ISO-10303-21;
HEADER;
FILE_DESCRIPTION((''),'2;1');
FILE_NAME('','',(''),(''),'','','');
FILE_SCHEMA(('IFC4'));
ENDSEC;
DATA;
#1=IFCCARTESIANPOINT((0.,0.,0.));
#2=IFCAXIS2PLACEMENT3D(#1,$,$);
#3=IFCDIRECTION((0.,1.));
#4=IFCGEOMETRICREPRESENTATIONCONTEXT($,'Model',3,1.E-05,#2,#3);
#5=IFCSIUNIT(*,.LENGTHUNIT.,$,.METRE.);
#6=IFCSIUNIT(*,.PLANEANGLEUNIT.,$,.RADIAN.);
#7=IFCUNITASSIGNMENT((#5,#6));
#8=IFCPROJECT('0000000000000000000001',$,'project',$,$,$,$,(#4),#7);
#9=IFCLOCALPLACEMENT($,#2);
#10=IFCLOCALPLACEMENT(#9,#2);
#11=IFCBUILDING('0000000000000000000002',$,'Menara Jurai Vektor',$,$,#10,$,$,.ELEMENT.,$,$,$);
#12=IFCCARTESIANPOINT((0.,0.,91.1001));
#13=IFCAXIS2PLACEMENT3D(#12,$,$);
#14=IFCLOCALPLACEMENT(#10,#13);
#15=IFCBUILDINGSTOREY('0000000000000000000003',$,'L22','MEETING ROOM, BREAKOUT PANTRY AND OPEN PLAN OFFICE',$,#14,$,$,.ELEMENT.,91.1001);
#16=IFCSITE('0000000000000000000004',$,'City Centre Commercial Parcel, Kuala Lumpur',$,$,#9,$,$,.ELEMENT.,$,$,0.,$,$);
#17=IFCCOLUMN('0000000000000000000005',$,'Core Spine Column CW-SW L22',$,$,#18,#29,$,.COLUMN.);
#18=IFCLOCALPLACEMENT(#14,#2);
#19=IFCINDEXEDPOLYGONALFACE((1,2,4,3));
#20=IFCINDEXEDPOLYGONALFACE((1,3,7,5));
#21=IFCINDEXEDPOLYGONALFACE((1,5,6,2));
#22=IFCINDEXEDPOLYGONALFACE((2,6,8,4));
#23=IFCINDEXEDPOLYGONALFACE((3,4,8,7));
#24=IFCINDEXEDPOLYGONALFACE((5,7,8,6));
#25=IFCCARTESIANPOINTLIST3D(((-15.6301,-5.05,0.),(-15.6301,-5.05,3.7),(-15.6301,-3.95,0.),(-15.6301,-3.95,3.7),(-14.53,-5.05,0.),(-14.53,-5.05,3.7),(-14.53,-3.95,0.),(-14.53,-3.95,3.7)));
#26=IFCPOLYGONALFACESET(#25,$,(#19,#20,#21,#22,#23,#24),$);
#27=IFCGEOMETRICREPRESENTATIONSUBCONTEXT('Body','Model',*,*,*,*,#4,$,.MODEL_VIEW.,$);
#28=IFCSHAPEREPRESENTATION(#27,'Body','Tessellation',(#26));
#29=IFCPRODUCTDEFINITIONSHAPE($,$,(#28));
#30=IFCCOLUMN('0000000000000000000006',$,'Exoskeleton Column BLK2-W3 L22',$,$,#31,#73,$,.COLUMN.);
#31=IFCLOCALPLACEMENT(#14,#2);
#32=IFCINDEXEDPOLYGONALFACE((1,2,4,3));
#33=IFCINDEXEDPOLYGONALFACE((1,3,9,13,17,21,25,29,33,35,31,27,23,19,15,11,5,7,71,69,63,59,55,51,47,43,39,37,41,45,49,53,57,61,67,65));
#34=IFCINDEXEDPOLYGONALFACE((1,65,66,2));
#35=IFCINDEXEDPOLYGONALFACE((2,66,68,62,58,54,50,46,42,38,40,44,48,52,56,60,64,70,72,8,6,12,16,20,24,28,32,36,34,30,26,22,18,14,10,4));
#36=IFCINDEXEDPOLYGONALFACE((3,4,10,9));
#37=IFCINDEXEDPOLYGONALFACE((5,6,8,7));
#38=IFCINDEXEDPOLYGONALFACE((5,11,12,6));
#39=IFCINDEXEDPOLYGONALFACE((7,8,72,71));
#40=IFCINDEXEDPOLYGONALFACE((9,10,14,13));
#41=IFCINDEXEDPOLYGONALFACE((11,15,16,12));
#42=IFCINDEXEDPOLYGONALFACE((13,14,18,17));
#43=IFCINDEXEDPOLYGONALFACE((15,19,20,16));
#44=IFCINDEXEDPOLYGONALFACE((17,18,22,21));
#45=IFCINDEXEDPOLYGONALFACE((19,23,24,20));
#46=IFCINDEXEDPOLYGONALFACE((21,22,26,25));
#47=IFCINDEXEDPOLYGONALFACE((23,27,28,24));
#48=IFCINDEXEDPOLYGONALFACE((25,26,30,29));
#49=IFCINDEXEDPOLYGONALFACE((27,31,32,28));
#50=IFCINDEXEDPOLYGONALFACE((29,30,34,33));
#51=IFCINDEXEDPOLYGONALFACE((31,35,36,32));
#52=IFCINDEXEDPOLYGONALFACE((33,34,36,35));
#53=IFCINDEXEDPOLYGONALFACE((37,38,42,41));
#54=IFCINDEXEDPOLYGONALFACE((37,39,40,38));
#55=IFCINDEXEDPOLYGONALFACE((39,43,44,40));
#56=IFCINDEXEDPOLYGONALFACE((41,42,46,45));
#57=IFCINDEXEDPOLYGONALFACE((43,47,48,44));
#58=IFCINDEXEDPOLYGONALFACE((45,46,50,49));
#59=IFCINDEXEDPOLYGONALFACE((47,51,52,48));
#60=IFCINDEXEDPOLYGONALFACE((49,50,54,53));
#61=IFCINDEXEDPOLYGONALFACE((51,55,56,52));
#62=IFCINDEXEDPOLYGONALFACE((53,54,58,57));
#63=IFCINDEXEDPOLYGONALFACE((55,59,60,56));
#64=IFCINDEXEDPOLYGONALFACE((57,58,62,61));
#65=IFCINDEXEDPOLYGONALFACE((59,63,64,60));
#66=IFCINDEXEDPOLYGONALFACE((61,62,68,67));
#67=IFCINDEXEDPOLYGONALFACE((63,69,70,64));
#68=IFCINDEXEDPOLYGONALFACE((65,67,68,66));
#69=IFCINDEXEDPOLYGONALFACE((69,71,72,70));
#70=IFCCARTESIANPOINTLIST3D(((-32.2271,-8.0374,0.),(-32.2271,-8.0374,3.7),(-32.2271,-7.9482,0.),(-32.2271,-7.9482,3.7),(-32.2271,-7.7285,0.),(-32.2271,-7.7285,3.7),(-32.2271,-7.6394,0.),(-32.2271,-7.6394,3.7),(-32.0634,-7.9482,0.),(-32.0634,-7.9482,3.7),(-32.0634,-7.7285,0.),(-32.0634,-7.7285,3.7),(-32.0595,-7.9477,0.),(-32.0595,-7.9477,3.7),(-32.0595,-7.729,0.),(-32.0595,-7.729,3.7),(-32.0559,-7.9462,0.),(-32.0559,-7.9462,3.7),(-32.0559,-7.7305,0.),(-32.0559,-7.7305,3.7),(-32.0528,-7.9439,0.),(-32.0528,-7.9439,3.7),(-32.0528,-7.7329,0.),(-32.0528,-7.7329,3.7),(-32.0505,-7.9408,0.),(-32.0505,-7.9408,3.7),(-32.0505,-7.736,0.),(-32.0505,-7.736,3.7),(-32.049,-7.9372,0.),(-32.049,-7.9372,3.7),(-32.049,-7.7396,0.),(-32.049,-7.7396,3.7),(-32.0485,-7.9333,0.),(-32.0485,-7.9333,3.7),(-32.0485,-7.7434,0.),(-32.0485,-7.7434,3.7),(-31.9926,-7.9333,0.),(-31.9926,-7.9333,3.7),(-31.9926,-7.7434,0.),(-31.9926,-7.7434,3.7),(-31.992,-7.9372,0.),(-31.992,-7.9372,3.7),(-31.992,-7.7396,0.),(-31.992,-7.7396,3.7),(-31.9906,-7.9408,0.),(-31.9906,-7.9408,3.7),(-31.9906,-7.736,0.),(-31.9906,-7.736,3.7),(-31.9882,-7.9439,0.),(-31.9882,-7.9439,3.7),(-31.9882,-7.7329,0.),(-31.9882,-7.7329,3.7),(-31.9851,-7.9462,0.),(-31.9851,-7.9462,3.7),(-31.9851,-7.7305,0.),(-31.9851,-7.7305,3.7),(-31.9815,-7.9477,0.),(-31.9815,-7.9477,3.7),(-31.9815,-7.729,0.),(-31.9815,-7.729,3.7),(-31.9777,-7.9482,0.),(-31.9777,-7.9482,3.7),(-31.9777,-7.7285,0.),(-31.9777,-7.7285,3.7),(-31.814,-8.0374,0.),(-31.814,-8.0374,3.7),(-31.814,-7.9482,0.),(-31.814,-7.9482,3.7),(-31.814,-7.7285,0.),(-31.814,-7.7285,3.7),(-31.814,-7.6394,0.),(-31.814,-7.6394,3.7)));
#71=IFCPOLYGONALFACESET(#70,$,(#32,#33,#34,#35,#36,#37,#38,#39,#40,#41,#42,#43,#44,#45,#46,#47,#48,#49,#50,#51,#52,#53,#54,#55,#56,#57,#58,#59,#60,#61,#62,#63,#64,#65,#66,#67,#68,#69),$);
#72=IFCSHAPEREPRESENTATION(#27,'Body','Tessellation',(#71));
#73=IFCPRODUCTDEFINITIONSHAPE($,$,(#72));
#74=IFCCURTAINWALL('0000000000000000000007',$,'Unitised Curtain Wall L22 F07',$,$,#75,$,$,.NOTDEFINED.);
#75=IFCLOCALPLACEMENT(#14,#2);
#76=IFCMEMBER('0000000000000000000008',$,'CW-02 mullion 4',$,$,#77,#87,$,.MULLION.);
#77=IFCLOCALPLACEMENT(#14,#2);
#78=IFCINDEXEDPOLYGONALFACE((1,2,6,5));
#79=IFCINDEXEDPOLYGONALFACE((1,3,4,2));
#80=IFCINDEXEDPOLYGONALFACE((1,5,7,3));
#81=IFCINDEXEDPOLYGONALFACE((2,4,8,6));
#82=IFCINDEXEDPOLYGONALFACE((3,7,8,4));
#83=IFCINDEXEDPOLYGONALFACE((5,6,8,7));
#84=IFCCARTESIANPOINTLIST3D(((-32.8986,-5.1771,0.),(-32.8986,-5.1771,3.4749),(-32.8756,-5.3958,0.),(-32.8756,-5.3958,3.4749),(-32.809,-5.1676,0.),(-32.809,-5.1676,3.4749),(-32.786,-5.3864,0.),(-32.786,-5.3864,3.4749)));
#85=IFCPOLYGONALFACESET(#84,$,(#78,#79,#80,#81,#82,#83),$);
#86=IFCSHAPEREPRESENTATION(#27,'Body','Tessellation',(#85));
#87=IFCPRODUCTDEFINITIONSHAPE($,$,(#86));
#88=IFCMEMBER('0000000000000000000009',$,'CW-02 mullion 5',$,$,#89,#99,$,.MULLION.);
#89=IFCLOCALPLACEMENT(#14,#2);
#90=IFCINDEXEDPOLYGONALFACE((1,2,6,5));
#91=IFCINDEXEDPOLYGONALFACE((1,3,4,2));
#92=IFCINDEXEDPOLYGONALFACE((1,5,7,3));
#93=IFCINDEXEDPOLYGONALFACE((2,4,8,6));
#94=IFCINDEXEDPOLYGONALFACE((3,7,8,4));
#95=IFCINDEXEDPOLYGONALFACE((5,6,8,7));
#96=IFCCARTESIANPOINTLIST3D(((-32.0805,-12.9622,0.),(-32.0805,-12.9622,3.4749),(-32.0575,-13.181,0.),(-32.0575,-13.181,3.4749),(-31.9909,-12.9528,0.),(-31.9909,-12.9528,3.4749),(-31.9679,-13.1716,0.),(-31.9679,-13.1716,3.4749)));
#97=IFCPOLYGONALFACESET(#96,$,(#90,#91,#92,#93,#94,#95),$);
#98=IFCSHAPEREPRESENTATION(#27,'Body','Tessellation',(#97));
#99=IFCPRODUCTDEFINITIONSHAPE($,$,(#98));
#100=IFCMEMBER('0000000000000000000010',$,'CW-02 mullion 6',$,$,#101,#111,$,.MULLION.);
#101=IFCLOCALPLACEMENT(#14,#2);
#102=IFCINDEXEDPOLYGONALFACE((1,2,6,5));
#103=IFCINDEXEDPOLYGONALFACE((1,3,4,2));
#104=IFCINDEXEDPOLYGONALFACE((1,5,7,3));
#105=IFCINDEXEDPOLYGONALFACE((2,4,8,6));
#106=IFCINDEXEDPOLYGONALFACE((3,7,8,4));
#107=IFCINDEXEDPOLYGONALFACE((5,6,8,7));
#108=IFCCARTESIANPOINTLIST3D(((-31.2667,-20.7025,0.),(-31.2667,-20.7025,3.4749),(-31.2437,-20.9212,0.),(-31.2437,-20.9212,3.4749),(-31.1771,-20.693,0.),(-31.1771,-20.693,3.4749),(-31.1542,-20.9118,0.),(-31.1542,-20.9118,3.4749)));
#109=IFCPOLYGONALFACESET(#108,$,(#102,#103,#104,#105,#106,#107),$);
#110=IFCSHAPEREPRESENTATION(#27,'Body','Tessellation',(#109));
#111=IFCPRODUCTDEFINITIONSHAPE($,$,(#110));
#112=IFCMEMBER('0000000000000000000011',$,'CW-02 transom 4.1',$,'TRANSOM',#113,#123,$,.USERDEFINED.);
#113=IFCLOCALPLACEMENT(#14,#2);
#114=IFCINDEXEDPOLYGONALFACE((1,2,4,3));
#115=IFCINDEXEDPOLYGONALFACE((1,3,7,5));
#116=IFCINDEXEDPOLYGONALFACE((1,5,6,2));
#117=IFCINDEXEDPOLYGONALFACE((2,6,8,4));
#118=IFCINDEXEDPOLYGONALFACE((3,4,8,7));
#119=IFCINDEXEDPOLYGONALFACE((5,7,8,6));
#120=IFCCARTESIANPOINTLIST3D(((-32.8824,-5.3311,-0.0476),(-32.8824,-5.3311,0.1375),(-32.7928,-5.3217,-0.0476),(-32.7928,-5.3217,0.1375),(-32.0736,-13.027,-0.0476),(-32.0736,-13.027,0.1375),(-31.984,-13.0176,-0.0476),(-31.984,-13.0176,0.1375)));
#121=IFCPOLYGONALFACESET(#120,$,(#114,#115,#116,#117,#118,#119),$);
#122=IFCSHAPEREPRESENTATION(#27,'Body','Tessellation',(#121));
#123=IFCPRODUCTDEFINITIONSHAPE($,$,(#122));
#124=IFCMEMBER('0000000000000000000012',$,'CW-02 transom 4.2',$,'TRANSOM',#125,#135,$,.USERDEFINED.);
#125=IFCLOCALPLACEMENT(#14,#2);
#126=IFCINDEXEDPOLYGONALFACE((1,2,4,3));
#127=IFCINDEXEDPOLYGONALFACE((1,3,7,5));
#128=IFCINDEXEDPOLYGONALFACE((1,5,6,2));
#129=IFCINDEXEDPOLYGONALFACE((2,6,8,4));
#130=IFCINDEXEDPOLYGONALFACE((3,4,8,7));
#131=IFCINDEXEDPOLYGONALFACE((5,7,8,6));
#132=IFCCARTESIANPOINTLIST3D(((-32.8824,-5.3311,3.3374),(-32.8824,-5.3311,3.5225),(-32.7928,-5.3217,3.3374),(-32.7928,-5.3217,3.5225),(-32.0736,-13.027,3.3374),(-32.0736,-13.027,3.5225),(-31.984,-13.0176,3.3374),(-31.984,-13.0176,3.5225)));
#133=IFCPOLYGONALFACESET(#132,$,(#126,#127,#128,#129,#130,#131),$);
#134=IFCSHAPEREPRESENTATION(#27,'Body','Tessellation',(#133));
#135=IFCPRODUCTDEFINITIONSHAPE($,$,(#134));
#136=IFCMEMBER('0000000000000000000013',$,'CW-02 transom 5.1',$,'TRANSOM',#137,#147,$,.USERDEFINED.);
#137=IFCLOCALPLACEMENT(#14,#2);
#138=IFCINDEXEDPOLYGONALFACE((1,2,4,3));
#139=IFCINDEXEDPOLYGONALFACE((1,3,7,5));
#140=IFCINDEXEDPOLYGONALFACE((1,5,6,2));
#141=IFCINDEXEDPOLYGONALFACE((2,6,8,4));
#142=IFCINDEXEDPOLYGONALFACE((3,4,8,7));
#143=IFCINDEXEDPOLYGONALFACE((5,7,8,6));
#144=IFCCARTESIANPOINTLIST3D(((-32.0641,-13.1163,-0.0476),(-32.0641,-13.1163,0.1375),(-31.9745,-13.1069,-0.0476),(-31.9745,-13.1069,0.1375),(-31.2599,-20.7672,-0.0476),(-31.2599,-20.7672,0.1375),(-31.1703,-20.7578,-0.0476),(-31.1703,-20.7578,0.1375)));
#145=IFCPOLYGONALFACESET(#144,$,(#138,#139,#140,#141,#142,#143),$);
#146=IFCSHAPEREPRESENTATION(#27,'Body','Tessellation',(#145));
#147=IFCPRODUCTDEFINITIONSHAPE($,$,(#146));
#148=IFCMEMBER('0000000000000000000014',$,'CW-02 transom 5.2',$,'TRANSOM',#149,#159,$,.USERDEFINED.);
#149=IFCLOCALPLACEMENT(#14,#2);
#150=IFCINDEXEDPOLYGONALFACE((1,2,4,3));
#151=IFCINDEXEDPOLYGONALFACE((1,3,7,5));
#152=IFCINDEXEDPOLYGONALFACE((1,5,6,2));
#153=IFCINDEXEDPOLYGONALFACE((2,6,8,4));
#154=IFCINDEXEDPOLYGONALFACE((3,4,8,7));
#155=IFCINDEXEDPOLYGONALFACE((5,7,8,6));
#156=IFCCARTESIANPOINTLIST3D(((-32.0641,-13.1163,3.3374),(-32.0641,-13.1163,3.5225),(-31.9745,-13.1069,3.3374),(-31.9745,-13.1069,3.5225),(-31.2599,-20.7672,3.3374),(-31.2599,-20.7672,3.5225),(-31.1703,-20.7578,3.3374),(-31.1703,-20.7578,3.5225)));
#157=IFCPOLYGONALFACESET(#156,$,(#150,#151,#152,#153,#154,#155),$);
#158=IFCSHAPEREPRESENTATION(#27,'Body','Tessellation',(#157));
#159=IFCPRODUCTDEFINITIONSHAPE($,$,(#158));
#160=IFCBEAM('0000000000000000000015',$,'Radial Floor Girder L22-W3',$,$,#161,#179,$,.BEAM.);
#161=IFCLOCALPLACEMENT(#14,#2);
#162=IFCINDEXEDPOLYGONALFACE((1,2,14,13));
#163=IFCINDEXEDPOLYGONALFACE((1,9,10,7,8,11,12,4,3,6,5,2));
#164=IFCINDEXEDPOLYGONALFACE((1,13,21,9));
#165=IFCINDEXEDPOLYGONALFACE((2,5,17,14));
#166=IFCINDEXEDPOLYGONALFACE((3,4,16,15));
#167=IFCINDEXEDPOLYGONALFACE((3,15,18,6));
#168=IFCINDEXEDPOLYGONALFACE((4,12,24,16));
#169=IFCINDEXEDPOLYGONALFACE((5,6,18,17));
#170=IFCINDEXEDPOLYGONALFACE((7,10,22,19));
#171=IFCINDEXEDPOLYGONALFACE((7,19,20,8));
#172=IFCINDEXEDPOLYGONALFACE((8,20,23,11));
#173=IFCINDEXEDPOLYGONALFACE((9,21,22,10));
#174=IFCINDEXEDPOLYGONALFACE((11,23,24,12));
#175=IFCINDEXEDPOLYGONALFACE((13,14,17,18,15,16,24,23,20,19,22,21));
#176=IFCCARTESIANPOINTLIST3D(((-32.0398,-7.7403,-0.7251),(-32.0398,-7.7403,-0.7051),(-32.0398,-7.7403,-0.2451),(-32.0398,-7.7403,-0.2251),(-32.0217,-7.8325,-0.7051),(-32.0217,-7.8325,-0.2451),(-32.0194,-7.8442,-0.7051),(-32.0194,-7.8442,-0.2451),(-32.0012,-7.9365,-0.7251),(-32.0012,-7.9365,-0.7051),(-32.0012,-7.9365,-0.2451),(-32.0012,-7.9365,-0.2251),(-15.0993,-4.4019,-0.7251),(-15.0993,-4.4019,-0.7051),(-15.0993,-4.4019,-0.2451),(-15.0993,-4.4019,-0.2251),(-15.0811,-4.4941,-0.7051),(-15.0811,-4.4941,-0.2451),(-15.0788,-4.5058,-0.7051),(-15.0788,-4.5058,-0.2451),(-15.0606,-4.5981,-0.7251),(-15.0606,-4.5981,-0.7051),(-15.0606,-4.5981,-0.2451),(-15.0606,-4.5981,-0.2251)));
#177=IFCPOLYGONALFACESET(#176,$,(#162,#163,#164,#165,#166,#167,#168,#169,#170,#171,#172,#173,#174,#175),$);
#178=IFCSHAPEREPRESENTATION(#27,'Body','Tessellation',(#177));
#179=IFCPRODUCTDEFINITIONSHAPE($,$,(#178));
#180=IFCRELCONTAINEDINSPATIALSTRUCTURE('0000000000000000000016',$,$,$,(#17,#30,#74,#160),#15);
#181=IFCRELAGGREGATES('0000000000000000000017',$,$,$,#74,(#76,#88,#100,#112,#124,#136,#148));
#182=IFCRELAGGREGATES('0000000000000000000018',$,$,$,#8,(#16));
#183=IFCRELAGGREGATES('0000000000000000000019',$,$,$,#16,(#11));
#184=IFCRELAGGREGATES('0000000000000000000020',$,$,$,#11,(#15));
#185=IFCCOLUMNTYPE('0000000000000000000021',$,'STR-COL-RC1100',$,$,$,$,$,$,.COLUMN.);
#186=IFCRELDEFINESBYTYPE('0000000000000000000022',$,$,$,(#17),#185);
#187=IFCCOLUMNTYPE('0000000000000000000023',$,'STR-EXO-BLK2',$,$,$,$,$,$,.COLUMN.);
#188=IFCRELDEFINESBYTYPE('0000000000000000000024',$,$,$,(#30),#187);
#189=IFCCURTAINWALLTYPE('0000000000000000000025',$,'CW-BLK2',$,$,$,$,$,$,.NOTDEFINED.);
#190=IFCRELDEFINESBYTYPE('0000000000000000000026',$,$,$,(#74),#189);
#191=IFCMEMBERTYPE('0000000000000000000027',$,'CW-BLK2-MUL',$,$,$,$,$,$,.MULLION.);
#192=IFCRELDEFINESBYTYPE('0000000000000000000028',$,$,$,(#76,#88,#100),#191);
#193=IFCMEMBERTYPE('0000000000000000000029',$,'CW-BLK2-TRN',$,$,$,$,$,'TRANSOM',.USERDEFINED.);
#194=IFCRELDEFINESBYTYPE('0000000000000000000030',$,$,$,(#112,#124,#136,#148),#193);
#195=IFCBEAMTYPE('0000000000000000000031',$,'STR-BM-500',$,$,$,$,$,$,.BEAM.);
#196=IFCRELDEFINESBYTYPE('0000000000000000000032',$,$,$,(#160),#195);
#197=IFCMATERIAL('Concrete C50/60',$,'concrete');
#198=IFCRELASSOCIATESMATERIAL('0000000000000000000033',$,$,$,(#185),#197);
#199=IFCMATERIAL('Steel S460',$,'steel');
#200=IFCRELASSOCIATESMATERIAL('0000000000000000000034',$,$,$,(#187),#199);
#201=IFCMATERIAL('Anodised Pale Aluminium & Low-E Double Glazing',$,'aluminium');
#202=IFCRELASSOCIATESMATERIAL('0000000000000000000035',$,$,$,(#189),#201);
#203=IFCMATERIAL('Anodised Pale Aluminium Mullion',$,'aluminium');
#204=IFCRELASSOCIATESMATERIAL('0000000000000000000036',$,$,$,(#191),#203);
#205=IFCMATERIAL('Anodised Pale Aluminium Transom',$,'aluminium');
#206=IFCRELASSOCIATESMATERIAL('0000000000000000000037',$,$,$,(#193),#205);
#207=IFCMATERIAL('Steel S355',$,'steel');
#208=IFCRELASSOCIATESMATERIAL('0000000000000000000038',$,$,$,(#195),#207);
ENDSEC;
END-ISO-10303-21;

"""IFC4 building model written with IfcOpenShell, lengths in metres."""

from ifc_helpers import new_model, si_unit, direction, frame, origin, origin_2d, place, context, subcontext, project, spatial, rectangle, i_section, extrude, material, material_profile, profile_set, type_object, element, aggregate, save


model = new_model("IFC4")

# Units and contexts
model_context = context("Model", 3, precision=1e-05, world=origin(), true_north=direction((0.0, 1.0)))
body_context = subcontext(model_context, "Body", "Model", "MODEL_VIEW")
ifc_project = project(units=[si_unit("LENGTHUNIT", "METRE"), si_unit("PLANEANGLEUNIT", "RADIAN")], contexts=[model_context])

# Site, building, storey
site_placement = place(None, origin())
site = spatial("IfcSite", under=ifc_project, at=site_placement, Name="City Centre Commercial Parcel, Kuala Lumpur", CompositionType="ELEMENT", RefElevation=0.0)
building_placement = place(site_placement, origin())
building = spatial("IfcBuilding", under=site, at=building_placement, Name="Menara Jurai Vektor", CompositionType="ELEMENT")
storey_placement = place(building_placement, frame((0.0, 0.0, 91.1001)))
storey = spatial("IfcBuildingStorey", under=building, at=storey_placement, Name="L22", Description="MEETING ROOM, BREAKOUT PANTRY AND OPEN PLAN OFFICE", CompositionType="ELEMENT", Elevation=91.1001)

# Columns
ifc_material_1 = material(Name="Concrete C50/60", Category="concrete")
ifc_material_profile_1 = material_profile(ifc_material_1, rectangle(XDim=1.1001, YDim=1.1001, at=origin_2d()), Name="RC 1100x1100")
ifc_profile_set_1 = profile_set([ifc_material_profile_1], Name="Concrete C50/60")
column_type_1 = type_object("IfcColumnType", Name="STR-COL-RC1100", PredefinedType="COLUMN", material=ifc_profile_set_1)
column_1_placement = place(storey_placement, frame((-15.0801, -4.5, 0.0), z_axis=(0.0, 0.0, 1.0), x_axis=(1.0, 0.0, 0.0)))
element("IfcColumn", 1, at=column_1_placement, inside=storey, type_object=column_type_1, Name="Core Spine Column CW-SW L22", PredefinedType="COLUMN", context=body_context, shape_type="SweptSolid", body=[
    extrude(rectangle(XDim=1.1001, YDim=1.1001, at=origin_2d()), origin(), (0.0, 0.0, 1.0), 3.7),
])
ifc_material_2 = material(Name="Steel S460", Category="steel")
ifc_material_profile_2 = material_profile(ifc_material_2, i_section(OverallWidth=0.4131, OverallDepth=0.3979, WebThickness=0.0559, FlangeThickness=0.0891, FilletRadius=0.0149, at=origin_2d()), Name="HD 400x744")
ifc_profile_set_2 = profile_set([ifc_material_profile_2], Name="Steel S460")
column_type_2 = type_object("IfcColumnType", Name="STR-EXO-BLK2", PredefinedType="COLUMN", material=ifc_profile_set_2)
column_2_placement = place(storey_placement, frame((-32.0205, -7.8384, 0.0), z_axis=(0.0, 0.0, 1.0), x_axis=(1.0, 0.0, 0.0)))
element("IfcColumn", 2, at=column_2_placement, inside=storey, type_object=column_type_2, Name="Exoskeleton Column BLK2-W3 L22", PredefinedType="COLUMN", context=body_context, shape_type="SweptSolid", body=[
    extrude(i_section(OverallWidth=0.4131, OverallDepth=0.3979, WebThickness=0.0559, FlangeThickness=0.0891, FilletRadius=0.0149, at=origin_2d()), origin(), (0.0, 0.0, 1.0), 3.7),
])

# Curtain wall, members
ifc_material_3 = material(Name="Anodised Pale Aluminium & Low-E Double Glazing", Category="aluminium")
curtain_wall_type = type_object("IfcCurtainWallType", Name="CW-BLK2", PredefinedType="NOTDEFINED", material=ifc_material_3)
curtain_wall_placement = place(storey_placement, origin())
curtain_wall = element("IfcCurtainWall", 3, at=curtain_wall_placement, inside=storey, type_object=curtain_wall_type, Name="Unitised Curtain Wall L22 F07", PredefinedType="NOTDEFINED")
ifc_material_4 = material(Name="Anodised Pale Aluminium Mullion", Category="aluminium")
ifc_material_profile_3 = material_profile(ifc_material_4, rectangle(XDim=0.0901, YDim=0.22, at=origin_2d()), Name="ALU MUL 90x220")
ifc_profile_set_3 = profile_set([ifc_material_profile_3], Name="Anodised Pale Aluminium Mullion")
member_type_1 = type_object("IfcMemberType", Name="CW-BLK2-MUL", PredefinedType="MULLION", material=ifc_profile_set_3)
member_1_placement = place(storey_placement, frame((-32.8423, -5.2817, 0.0), z_axis=(0.0, 0.0, 1.0), x_axis=(0.994522, 0.10453, 0.0)))
member_1 = element("IfcMember", 4, at=member_1_placement, type_object=member_type_1, Name="CW-02 mullion 4", PredefinedType="MULLION", context=body_context, shape_type="SweptSolid", body=[
    extrude(rectangle(XDim=0.0901, YDim=0.22, at=origin_2d()), origin(), (0.0, 0.0, 1.0), 3.4749),
])
member_2_placement = place(storey_placement, frame((-32.0242, -13.0669, 0.0), z_axis=(0.0, 0.0, 1.0), x_axis=(0.994522, 0.10453, 0.0)))
member_2 = element("IfcMember", 5, at=member_2_placement, type_object=member_type_1, Name="CW-02 mullion 5", PredefinedType="MULLION", context=body_context, shape_type="SweptSolid", body=[
    extrude(rectangle(XDim=0.0901, YDim=0.22, at=origin_2d()), origin(), (0.0, 0.0, 1.0), 3.4749),
])
member_3_placement = place(storey_placement, frame((-31.2104, -20.8071, 0.0), z_axis=(0.0, 0.0, 1.0), x_axis=(0.994522, 0.10453, 0.0)))
member_3 = element("IfcMember", 6, at=member_3_placement, type_object=member_type_1, Name="CW-02 mullion 6", PredefinedType="MULLION", context=body_context, shape_type="SweptSolid", body=[
    extrude(rectangle(XDim=0.0901, YDim=0.22, at=origin_2d()), origin(), (0.0, 0.0, 1.0), 3.4749),
])
ifc_material_5 = material(Name="Anodised Pale Aluminium Transom", Category="aluminium")
ifc_material_profile_4 = material_profile(ifc_material_5, rectangle(XDim=0.0901, YDim=0.1851, at=origin_2d()), Name="ALU TRN 90x185")
ifc_profile_set_4 = profile_set([ifc_material_profile_4], Name="Anodised Pale Aluminium Transom")
member_type_2 = type_object("IfcMemberType", Name="CW-BLK2-TRN", ElementType="TRANSOM", PredefinedType="USERDEFINED", material=ifc_profile_set_4)
member_4_placement = place(storey_placement, frame((-32.8376, -5.3264, 0.0449), z_axis=(0.104525, -0.994522, 0.0), x_axis=(0.994522, 0.104525, 0.0)))
member_4 = element("IfcMember", 7, at=member_4_placement, type_object=member_type_2, Name="CW-02 transom 4.1", ObjectType="TRANSOM", PredefinedType="USERDEFINED", context=body_context, shape_type="SweptSolid", body=[
    extrude(rectangle(XDim=0.0901, YDim=0.1851, at=origin_2d()), origin(), (0.0, 0.0, 1.0), 7.7383),
])
member_5_placement = place(storey_placement, frame((-32.8376, -5.3264, 3.4299), z_axis=(0.104525, -0.994522, 0.0), x_axis=(0.994522, 0.104525, 0.0)))
member_5 = element("IfcMember", 8, at=member_5_placement, type_object=member_type_2, Name="CW-02 transom 4.2", ObjectType="TRANSOM", PredefinedType="USERDEFINED", context=body_context, shape_type="SweptSolid", body=[
    extrude(rectangle(XDim=0.0901, YDim=0.1851, at=origin_2d()), origin(), (0.0, 0.0, 1.0), 7.7383),
])
member_6_placement = place(storey_placement, frame((-32.0193, -13.1116, 0.0449), z_axis=(0.104536, -0.994521, 0.0), x_axis=(0.994521, 0.104536, 0.0)))
member_6 = element("IfcMember", 9, at=member_6_placement, type_object=member_type_2, Name="CW-02 transom 5.1", ObjectType="TRANSOM", PredefinedType="USERDEFINED", context=body_context, shape_type="SweptSolid", body=[
    extrude(rectangle(XDim=0.0901, YDim=0.1851, at=origin_2d()), origin(), (0.0, 0.0, 1.0), 7.6931),
])
member_7_placement = place(storey_placement, frame((-32.0193, -13.1116, 3.4299), z_axis=(0.104536, -0.994521, 0.0), x_axis=(0.994521, 0.104536, 0.0)))
member_7 = element("IfcMember", 10, at=member_7_placement, type_object=member_type_2, Name="CW-02 transom 5.2", ObjectType="TRANSOM", PredefinedType="USERDEFINED", context=body_context, shape_type="SweptSolid", body=[
    extrude(rectangle(XDim=0.0901, YDim=0.1851, at=origin_2d()), origin(), (0.0, 0.0, 1.0), 7.6931),
])

# Beam
ifc_material_6 = material(Name="Steel S355", Category="steel")
ifc_material_profile_5 = material_profile(ifc_material_6, i_section(OverallWidth=0.2, OverallDepth=0.5, WebThickness=0.012, FlangeThickness=0.02, at=origin_2d()), Name="PG 500x200x96")
ifc_profile_set_5 = profile_set([ifc_material_profile_5], Name="Steel S355")
beam_type_1 = type_object("IfcBeamType", Name="STR-BM-500", PredefinedType="BEAM", material=ifc_profile_set_5)
beam_1_placement = place(storey_placement, frame((-32.0205, -7.8384, -0.4751), z_axis=(0.98113, 0.193347, 0.0), x_axis=(-0.193347, 0.98113, 0.0)))
element("IfcBeam", 11, at=beam_1_placement, inside=storey, type_object=beam_type_1, Name="Radial Floor Girder L22-W3", PredefinedType="BEAM", context=body_context, shape_type="SweptSolid", body=[
    extrude(i_section(OverallWidth=0.2, OverallDepth=0.5, WebThickness=0.012, FlangeThickness=0.02, at=origin_2d()), origin(), (0.0, 0.0, 1.0), 17.2664),
])

aggregate(curtain_wall, [member_1, member_2, member_3, member_4, member_5, member_6, member_7])

save(model, "model.ifc")
